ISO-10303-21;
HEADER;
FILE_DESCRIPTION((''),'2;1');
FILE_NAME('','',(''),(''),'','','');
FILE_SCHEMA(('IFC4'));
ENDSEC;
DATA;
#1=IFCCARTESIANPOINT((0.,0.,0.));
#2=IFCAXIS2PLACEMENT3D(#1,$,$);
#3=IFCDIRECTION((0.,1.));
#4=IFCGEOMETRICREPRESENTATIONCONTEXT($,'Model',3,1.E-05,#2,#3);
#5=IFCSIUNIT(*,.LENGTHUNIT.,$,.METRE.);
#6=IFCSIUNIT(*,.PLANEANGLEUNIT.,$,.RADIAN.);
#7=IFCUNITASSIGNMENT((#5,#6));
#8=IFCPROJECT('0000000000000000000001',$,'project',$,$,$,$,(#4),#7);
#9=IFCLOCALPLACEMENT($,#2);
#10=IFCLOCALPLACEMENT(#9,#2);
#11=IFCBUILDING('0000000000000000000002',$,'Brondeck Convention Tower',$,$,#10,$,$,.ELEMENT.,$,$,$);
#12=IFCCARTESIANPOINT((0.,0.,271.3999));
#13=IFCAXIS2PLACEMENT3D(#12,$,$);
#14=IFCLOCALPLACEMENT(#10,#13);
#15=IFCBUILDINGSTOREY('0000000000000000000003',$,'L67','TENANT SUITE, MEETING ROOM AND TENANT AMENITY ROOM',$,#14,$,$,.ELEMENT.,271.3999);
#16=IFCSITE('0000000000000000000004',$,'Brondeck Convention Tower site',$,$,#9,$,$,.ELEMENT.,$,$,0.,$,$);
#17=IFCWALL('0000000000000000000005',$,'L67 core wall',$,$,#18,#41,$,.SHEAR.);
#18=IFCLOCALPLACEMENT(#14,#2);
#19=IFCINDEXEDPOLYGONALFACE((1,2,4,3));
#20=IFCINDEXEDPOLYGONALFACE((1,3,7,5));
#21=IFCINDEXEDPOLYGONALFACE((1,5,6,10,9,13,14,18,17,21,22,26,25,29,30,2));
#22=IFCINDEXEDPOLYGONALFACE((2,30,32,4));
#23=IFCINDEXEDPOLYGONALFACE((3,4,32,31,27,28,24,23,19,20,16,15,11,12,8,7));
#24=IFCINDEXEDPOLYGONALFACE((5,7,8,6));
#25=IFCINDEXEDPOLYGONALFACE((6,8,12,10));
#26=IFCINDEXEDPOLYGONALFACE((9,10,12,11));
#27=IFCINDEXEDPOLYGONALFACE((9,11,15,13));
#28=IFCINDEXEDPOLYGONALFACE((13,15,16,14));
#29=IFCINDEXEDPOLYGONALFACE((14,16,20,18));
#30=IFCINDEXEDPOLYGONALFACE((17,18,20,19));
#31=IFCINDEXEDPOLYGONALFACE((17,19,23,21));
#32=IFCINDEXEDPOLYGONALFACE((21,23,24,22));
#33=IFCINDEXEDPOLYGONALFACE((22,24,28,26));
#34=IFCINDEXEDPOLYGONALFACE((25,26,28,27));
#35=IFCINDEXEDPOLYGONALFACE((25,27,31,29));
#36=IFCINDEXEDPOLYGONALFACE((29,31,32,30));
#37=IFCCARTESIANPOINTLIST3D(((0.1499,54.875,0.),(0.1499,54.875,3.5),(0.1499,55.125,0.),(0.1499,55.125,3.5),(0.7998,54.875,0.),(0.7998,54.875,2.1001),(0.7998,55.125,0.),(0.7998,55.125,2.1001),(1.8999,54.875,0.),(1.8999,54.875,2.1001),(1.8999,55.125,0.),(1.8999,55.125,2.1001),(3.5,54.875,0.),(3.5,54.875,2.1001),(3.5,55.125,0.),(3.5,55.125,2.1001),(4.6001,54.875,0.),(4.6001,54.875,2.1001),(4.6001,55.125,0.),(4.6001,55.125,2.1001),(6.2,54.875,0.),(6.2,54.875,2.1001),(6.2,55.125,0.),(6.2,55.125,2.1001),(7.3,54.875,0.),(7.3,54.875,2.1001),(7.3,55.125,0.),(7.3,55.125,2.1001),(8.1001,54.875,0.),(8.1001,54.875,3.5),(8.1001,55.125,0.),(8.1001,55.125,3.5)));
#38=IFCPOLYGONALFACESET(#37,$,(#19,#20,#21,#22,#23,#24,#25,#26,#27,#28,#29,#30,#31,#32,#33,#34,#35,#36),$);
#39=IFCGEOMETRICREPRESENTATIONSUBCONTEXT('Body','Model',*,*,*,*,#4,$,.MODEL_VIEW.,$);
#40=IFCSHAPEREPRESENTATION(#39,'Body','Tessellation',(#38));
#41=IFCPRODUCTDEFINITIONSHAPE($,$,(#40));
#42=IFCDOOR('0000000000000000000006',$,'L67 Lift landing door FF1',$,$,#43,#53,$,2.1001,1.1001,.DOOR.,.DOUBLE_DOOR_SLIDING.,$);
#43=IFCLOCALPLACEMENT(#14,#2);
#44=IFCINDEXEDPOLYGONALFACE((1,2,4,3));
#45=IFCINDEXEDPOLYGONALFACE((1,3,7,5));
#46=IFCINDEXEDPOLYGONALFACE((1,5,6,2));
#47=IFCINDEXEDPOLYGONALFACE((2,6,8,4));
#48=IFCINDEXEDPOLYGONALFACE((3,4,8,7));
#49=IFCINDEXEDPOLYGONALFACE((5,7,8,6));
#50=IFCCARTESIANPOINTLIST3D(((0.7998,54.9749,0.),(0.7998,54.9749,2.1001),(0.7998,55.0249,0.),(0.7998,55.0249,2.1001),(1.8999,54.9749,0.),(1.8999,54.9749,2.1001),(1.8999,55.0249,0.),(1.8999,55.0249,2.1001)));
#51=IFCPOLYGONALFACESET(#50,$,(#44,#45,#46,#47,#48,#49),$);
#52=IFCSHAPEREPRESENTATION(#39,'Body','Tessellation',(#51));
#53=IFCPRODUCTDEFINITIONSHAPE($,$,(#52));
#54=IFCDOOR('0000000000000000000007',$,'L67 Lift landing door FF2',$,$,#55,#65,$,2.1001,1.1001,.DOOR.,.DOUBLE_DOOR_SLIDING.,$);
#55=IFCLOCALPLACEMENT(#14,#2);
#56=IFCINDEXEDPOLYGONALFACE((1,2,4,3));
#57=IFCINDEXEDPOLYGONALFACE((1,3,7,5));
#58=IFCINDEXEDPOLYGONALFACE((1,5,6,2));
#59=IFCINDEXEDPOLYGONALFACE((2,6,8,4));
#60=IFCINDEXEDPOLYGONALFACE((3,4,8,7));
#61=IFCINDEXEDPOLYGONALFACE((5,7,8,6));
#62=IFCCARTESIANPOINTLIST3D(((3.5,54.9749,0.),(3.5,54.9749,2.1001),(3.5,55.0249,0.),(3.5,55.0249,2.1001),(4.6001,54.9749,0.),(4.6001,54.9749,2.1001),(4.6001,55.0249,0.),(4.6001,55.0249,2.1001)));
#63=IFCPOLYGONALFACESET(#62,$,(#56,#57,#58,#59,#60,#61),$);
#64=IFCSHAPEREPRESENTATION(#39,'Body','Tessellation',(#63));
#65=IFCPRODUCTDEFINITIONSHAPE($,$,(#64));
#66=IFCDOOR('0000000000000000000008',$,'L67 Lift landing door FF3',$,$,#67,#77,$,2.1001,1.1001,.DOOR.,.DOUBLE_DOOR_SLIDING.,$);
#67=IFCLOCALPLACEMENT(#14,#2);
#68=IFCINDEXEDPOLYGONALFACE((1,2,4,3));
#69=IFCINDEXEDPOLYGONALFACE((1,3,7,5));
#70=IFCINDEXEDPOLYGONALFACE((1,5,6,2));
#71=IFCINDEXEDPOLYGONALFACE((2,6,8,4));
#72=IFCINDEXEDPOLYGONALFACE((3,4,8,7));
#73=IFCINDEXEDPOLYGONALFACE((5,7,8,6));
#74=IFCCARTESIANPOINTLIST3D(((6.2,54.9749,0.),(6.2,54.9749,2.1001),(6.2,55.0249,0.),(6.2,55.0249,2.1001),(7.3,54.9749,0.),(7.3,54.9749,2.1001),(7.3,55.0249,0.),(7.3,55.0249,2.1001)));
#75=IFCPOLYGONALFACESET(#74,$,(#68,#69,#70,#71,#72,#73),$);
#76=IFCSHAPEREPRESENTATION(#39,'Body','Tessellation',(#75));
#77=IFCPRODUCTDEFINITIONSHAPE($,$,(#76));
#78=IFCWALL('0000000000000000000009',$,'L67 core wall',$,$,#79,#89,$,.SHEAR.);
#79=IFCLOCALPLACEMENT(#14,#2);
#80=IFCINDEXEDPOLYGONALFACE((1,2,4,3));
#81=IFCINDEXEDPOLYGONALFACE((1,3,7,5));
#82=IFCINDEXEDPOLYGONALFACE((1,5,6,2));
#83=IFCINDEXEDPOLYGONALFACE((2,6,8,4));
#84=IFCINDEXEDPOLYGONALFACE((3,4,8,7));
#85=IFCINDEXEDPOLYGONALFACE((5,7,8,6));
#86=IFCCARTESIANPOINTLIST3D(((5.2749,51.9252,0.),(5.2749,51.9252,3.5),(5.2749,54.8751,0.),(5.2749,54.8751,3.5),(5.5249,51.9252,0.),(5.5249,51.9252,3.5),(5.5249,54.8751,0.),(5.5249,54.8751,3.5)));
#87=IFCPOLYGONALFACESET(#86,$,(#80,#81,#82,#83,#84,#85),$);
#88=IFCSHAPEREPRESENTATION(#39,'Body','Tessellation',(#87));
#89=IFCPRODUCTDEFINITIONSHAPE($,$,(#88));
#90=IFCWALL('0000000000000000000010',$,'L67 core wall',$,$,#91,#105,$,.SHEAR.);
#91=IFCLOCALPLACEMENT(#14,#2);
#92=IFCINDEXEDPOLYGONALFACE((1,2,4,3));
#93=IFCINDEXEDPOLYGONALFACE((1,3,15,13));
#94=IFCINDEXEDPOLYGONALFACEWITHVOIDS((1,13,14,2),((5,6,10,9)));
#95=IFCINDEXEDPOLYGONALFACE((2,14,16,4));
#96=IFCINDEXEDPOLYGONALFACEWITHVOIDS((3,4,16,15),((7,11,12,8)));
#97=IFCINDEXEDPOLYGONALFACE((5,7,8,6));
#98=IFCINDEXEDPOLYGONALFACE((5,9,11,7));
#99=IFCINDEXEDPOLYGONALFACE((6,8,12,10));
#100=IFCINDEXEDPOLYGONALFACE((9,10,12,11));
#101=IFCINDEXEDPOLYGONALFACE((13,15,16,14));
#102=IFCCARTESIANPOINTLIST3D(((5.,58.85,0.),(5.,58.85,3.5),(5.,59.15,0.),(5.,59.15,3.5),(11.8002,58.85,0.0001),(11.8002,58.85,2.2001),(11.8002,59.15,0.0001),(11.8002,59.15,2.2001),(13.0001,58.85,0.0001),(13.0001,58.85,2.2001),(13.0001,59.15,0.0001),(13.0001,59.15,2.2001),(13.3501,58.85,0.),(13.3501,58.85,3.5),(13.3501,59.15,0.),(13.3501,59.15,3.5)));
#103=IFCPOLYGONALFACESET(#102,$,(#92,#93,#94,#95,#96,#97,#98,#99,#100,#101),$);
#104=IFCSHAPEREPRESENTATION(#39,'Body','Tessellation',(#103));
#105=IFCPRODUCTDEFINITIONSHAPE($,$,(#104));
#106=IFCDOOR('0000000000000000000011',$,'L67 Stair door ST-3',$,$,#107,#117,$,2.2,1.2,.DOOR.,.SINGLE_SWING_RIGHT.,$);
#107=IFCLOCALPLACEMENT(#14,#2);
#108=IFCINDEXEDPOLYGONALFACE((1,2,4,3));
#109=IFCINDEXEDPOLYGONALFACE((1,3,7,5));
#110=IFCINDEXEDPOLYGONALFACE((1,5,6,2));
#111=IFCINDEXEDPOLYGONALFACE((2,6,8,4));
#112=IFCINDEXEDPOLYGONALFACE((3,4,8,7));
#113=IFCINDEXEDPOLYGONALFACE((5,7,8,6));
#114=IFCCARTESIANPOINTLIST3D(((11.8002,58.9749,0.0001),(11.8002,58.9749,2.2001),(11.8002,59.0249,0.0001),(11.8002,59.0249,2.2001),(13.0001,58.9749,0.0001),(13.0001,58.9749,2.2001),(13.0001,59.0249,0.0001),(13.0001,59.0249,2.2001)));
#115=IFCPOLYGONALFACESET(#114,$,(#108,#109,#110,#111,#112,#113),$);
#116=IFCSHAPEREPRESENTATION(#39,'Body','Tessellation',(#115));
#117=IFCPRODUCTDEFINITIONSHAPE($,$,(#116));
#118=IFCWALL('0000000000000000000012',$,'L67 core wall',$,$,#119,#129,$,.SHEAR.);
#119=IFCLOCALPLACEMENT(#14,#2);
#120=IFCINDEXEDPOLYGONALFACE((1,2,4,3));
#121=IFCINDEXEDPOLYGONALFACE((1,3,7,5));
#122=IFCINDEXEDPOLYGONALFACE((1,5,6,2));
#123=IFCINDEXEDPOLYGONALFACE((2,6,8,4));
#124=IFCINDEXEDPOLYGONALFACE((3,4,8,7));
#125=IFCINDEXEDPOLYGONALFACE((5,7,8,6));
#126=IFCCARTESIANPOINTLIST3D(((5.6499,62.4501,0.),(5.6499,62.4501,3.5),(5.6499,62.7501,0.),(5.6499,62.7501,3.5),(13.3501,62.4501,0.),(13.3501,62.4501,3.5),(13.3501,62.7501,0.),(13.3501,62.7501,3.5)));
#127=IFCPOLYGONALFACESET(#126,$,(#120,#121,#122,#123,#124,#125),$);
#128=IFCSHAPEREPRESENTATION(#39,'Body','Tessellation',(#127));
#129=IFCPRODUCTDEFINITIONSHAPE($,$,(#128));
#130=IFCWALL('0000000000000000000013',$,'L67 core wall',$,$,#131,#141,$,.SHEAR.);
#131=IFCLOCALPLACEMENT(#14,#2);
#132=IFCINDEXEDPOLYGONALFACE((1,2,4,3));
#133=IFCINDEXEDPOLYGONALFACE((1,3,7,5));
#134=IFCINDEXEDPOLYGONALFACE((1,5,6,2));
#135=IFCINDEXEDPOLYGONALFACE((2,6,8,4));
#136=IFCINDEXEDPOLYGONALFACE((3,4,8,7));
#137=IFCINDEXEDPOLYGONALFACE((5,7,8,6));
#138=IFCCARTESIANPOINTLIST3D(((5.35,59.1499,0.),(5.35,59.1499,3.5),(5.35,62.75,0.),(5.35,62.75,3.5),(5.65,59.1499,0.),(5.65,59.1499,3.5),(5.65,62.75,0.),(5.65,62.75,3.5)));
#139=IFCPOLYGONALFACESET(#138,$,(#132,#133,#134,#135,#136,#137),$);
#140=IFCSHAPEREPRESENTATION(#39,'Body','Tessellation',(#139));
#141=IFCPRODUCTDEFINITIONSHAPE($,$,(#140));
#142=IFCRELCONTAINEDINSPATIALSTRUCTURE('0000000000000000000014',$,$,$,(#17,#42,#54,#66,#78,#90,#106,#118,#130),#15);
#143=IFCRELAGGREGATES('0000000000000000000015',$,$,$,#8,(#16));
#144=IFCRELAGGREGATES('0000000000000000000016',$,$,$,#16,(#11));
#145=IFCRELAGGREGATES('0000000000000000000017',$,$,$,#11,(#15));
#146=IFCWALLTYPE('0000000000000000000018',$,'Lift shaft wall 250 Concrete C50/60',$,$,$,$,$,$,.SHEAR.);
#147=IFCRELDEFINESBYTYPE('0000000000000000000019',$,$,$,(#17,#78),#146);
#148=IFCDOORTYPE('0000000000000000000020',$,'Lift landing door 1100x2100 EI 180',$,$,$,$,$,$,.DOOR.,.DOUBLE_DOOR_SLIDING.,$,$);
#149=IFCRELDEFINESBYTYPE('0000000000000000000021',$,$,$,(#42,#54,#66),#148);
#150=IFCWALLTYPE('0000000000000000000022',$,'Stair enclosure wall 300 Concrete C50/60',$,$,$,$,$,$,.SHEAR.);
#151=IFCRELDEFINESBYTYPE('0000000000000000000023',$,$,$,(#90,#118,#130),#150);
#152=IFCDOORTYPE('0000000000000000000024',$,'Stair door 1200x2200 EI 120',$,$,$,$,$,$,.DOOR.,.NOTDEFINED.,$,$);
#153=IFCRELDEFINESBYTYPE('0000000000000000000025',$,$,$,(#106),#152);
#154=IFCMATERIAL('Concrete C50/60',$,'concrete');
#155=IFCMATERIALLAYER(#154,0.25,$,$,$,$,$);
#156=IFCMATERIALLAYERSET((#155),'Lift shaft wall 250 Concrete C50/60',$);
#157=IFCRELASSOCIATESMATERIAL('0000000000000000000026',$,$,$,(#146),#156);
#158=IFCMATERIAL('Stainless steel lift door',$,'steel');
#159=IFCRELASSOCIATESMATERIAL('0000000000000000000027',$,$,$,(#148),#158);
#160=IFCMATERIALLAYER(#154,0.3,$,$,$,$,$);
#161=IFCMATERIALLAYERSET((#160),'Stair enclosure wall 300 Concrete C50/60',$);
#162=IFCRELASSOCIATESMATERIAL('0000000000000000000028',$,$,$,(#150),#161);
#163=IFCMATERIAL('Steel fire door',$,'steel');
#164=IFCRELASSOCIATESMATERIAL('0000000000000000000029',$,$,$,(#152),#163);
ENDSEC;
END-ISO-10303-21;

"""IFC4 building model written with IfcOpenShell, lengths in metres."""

from ifc_helpers import new_model, si_unit, direction, frame, frame_2d, origin, place, context, subcontext, project, spatial, rectangle, extrude, material, layer, layer_set, type_object, element, fill, save


model = new_model("IFC4")

# Units and contexts
model_context = context("Model", 3, precision=1e-05, world=origin(), true_north=direction((0.0, 1.0)))
body_context = subcontext(model_context, "Body", "Model", "MODEL_VIEW")
ifc_project = project(units=[si_unit("LENGTHUNIT", "METRE"), si_unit("PLANEANGLEUNIT", "RADIAN")], contexts=[model_context])

# Site, building, storey
site_placement = place(None, origin())
site = spatial("IfcSite", under=ifc_project, at=site_placement, Name="Brondeck Convention Tower site", CompositionType="ELEMENT", RefElevation=0.0)
building_placement = place(site_placement, origin())
building = spatial("IfcBuilding", under=site, at=building_placement, Name="Brondeck Convention Tower", CompositionType="ELEMENT")
storey_placement = place(building_placement, frame((0.0, 0.0, 271.3999)))
storey = spatial("IfcBuildingStorey", under=building, at=storey_placement, Name="L67", Description="TENANT SUITE, MEETING ROOM AND TENANT AMENITY ROOM", CompositionType="ELEMENT", Elevation=271.3999)

# Shared definitions
ifc_material_1 = material(Name="Concrete C50/60", Category="concrete")

# Wall, openings, doors
ifc_layer_1 = layer(ifc_material_1, 0.25)
ifc_layer_set_1 = layer_set([ifc_layer_1], Name="Lift shaft wall 250 Concrete C50/60")
wall_type_1 = type_object("IfcWallType", Name="Lift shaft wall 250 Concrete C50/60", PredefinedType="SHEAR", material=ifc_layer_set_1)
wall_1_placement = place(storey_placement, frame((0.1499, 55.0, 0.0), z_axis=(0.0, 0.0, 1.0), x_axis=(1.0, 0.0, 0.0)))
wall_1 = element("IfcWall", 1, at=wall_1_placement, inside=storey, type_object=wall_type_1, Name="L67 core wall", PredefinedType="SHEAR", context=body_context, shape_type="SweptSolid", body=[
    extrude(rectangle(XDim=7.9502, YDim=0.25, at=frame_2d((3.9751, 0.0))), origin(), (0.0, 0.0, 1.0), 3.5),
])
opening_1_placement = place(wall_1_placement, frame((0.6499, 0.0, 0.0)))
opening_1 = element("IfcOpeningElement", 2, at=opening_1_placement, cuts=wall_1, PredefinedType="OPENING", context=body_context, shape_type="SweptSolid", body=[
    extrude(rectangle(XDim=1.1001, YDim=2.1001, at=frame_2d((0.55, 1.05))), frame((0.0, 0.135, 0.0), z_axis=(0.0, -1.0, 0.0), x_axis=(1.0, 0.0, 0.0)), (0.0, 0.0, 1.0), 0.27),
])
opening_2_placement = place(wall_1_placement, frame((3.3501, 0.0, 0.0)))
opening_2 = element("IfcOpeningElement", 3, at=opening_2_placement, cuts=wall_1, PredefinedType="OPENING", context=body_context, shape_type="SweptSolid", body=[
    extrude(rectangle(XDim=1.1001, YDim=2.1001, at=frame_2d((0.55, 1.05))), frame((0.0, 0.135, 0.0), z_axis=(0.0, -1.0, 0.0), x_axis=(1.0, 0.0, 0.0)), (0.0, 0.0, 1.0), 0.27),
])
opening_3_placement = place(wall_1_placement, frame((6.05, 0.0, 0.0)))
opening_3 = element("IfcOpeningElement", 4, at=opening_3_placement, cuts=wall_1, PredefinedType="OPENING", context=body_context, shape_type="SweptSolid", body=[
    extrude(rectangle(XDim=1.1001, YDim=2.1001, at=frame_2d((0.55, 1.05))), frame((0.0, 0.135, 0.0), z_axis=(0.0, -1.0, 0.0), x_axis=(1.0, 0.0, 0.0)), (0.0, 0.0, 1.0), 0.27),
])
ifc_material_2 = material(Name="Stainless steel lift door", Category="steel")
door_type_1 = type_object("IfcDoorType", Name="Lift landing door 1100x2100 EI 180", OperationType="DOUBLE_DOOR_SLIDING", PredefinedType="DOOR", material=ifc_material_2)
door_1_placement = place(opening_1_placement, origin())
door_1 = element("IfcDoor", 5, at=door_1_placement, inside=storey, type_object=door_type_1, Name="L67 Lift landing door FF1", OperationType="DOUBLE_DOOR_SLIDING", OverallHeight=2.1001, OverallWidth=1.1001, PredefinedType="DOOR", context=body_context, shape_type="SweptSolid", body=[
    extrude(rectangle(XDim=1.1001, YDim=2.1001, at=frame_2d((0.55, 1.05))), frame((0.0, 0.0249, 0.0), z_axis=(0.0, -1.0, 0.0), x_axis=(1.0, 0.0, 0.0)), (0.0, 0.0, 1.0), 0.05),
])
fill(opening_1, door_1)
door_2_placement = place(opening_2_placement, origin())
door_2 = element("IfcDoor", 6, at=door_2_placement, inside=storey, type_object=door_type_1, Name="L67 Lift landing door FF2", OperationType="DOUBLE_DOOR_SLIDING", OverallHeight=2.1001, OverallWidth=1.1001, PredefinedType="DOOR", context=body_context, shape_type="SweptSolid", body=[
    extrude(rectangle(XDim=1.1001, YDim=2.1001, at=frame_2d((0.55, 1.05))), frame((0.0, 0.0249, 0.0), z_axis=(0.0, -1.0, 0.0), x_axis=(1.0, 0.0, 0.0)), (0.0, 0.0, 1.0), 0.05),
])
fill(opening_2, door_2)
door_3_placement = place(opening_3_placement, origin())
door_3 = element("IfcDoor", 7, at=door_3_placement, inside=storey, type_object=door_type_1, Name="L67 Lift landing door FF3", OperationType="DOUBLE_DOOR_SLIDING", OverallHeight=2.1001, OverallWidth=1.1001, PredefinedType="DOOR", context=body_context, shape_type="SweptSolid", body=[
    extrude(rectangle(XDim=1.1001, YDim=2.1001, at=frame_2d((0.55, 1.05))), frame((0.0, 0.0249, 0.0), z_axis=(0.0, -1.0, 0.0), x_axis=(1.0, 0.0, 0.0)), (0.0, 0.0, 1.0), 0.05),
])
fill(opening_3, door_3)

# Wall
wall_2_placement = place(storey_placement, frame((5.3999, 51.925, 0.0), z_axis=(0.0, 0.0, 1.0), x_axis=(0.0, 1.0, 0.0)))
element("IfcWall", 8, at=wall_2_placement, inside=storey, type_object=wall_type_1, Name="L67 core wall", PredefinedType="SHEAR", context=body_context, shape_type="SweptSolid", body=[
    extrude(rectangle(XDim=2.95, YDim=0.25, at=frame_2d((1.4751, 0.0))), origin(), (0.0, 0.0, 1.0), 3.5),
])

# Wall, opening, door
ifc_layer_2 = layer(ifc_material_1, 0.3)
ifc_layer_set_2 = layer_set([ifc_layer_2], Name="Stair enclosure wall 300 Concrete C50/60")
wall_type_2 = type_object("IfcWallType", Name="Stair enclosure wall 300 Concrete C50/60", PredefinedType="SHEAR", material=ifc_layer_set_2)
wall_3_placement = place(storey_placement, frame((5.0, 59.0, 0.0), z_axis=(0.0, 0.0, 1.0), x_axis=(1.0, 0.0, 0.0)))
wall_3 = element("IfcWall", 9, at=wall_3_placement, inside=storey, type_object=wall_type_2, Name="L67 core wall", PredefinedType="SHEAR", context=body_context, shape_type="SweptSolid", body=[
    extrude(rectangle(XDim=8.3501, YDim=0.3, at=frame_2d((4.175, 0.0))), origin(), (0.0, 0.0, 1.0), 3.5),
])
opening_4_placement = place(wall_3_placement, frame((6.8, 0.0, 0.0)))
opening_4 = element("IfcOpeningElement", 10, at=opening_4_placement, cuts=wall_3, PredefinedType="OPENING", context=body_context, shape_type="SweptSolid", body=[
    extrude(rectangle(XDim=1.2, YDim=2.2, at=frame_2d((0.6001, 1.1001))), frame((0.0, 0.1599, 0.0), z_axis=(0.0, -1.0, 0.0), x_axis=(1.0, 0.0, 0.0)), (0.0, 0.0, 1.0), 0.3201),
])
ifc_material_3 = material(Name="Steel fire door", Category="steel")
door_type_2 = type_object("IfcDoorType", Name="Stair door 1200x2200 EI 120", OperationType="NOTDEFINED", PredefinedType="DOOR", material=ifc_material_3)
door_4_placement = place(opening_4_placement, origin())
door_4 = element("IfcDoor", 11, at=door_4_placement, inside=storey, type_object=door_type_2, Name="L67 Stair door ST-3", OperationType="SINGLE_SWING_RIGHT", OverallHeight=2.2, OverallWidth=1.2, PredefinedType="DOOR", context=body_context, shape_type="SweptSolid", body=[
    extrude(rectangle(XDim=1.2, YDim=2.2, at=frame_2d((0.6001, 1.1001))), frame((0.0, 0.0249, 0.0), z_axis=(0.0, -1.0, 0.0), x_axis=(1.0, 0.0, 0.0)), (0.0, 0.0, 1.0), 0.05),
])
fill(opening_4, door_4)

# Walls
wall_4_placement = place(storey_placement, frame((5.6499, 62.6001, 0.0), z_axis=(0.0, 0.0, 1.0), x_axis=(1.0, 0.0, 0.0)))
element("IfcWall", 12, at=wall_4_placement, inside=storey, type_object=wall_type_2, Name="L67 core wall", PredefinedType="SHEAR", context=body_context, shape_type="SweptSolid", body=[
    extrude(rectangle(XDim=7.7002, YDim=0.3, at=frame_2d((3.8501, 0.0))), origin(), (0.0, 0.0, 1.0), 3.5),
])
wall_5_placement = place(storey_placement, frame((5.5, 59.1499, 0.0), z_axis=(0.0, 0.0, 1.0), x_axis=(0.0, 1.0, 0.0)))
element("IfcWall", 13, at=wall_5_placement, inside=storey, type_object=wall_type_2, Name="L67 core wall", PredefinedType="SHEAR", context=body_context, shape_type="SweptSolid", body=[
    extrude(rectangle(XDim=3.6001, YDim=0.3, at=frame_2d((1.8, 0.0))), origin(), (0.0, 0.0, 1.0), 3.5),
])

save(model, "model.ifc")
